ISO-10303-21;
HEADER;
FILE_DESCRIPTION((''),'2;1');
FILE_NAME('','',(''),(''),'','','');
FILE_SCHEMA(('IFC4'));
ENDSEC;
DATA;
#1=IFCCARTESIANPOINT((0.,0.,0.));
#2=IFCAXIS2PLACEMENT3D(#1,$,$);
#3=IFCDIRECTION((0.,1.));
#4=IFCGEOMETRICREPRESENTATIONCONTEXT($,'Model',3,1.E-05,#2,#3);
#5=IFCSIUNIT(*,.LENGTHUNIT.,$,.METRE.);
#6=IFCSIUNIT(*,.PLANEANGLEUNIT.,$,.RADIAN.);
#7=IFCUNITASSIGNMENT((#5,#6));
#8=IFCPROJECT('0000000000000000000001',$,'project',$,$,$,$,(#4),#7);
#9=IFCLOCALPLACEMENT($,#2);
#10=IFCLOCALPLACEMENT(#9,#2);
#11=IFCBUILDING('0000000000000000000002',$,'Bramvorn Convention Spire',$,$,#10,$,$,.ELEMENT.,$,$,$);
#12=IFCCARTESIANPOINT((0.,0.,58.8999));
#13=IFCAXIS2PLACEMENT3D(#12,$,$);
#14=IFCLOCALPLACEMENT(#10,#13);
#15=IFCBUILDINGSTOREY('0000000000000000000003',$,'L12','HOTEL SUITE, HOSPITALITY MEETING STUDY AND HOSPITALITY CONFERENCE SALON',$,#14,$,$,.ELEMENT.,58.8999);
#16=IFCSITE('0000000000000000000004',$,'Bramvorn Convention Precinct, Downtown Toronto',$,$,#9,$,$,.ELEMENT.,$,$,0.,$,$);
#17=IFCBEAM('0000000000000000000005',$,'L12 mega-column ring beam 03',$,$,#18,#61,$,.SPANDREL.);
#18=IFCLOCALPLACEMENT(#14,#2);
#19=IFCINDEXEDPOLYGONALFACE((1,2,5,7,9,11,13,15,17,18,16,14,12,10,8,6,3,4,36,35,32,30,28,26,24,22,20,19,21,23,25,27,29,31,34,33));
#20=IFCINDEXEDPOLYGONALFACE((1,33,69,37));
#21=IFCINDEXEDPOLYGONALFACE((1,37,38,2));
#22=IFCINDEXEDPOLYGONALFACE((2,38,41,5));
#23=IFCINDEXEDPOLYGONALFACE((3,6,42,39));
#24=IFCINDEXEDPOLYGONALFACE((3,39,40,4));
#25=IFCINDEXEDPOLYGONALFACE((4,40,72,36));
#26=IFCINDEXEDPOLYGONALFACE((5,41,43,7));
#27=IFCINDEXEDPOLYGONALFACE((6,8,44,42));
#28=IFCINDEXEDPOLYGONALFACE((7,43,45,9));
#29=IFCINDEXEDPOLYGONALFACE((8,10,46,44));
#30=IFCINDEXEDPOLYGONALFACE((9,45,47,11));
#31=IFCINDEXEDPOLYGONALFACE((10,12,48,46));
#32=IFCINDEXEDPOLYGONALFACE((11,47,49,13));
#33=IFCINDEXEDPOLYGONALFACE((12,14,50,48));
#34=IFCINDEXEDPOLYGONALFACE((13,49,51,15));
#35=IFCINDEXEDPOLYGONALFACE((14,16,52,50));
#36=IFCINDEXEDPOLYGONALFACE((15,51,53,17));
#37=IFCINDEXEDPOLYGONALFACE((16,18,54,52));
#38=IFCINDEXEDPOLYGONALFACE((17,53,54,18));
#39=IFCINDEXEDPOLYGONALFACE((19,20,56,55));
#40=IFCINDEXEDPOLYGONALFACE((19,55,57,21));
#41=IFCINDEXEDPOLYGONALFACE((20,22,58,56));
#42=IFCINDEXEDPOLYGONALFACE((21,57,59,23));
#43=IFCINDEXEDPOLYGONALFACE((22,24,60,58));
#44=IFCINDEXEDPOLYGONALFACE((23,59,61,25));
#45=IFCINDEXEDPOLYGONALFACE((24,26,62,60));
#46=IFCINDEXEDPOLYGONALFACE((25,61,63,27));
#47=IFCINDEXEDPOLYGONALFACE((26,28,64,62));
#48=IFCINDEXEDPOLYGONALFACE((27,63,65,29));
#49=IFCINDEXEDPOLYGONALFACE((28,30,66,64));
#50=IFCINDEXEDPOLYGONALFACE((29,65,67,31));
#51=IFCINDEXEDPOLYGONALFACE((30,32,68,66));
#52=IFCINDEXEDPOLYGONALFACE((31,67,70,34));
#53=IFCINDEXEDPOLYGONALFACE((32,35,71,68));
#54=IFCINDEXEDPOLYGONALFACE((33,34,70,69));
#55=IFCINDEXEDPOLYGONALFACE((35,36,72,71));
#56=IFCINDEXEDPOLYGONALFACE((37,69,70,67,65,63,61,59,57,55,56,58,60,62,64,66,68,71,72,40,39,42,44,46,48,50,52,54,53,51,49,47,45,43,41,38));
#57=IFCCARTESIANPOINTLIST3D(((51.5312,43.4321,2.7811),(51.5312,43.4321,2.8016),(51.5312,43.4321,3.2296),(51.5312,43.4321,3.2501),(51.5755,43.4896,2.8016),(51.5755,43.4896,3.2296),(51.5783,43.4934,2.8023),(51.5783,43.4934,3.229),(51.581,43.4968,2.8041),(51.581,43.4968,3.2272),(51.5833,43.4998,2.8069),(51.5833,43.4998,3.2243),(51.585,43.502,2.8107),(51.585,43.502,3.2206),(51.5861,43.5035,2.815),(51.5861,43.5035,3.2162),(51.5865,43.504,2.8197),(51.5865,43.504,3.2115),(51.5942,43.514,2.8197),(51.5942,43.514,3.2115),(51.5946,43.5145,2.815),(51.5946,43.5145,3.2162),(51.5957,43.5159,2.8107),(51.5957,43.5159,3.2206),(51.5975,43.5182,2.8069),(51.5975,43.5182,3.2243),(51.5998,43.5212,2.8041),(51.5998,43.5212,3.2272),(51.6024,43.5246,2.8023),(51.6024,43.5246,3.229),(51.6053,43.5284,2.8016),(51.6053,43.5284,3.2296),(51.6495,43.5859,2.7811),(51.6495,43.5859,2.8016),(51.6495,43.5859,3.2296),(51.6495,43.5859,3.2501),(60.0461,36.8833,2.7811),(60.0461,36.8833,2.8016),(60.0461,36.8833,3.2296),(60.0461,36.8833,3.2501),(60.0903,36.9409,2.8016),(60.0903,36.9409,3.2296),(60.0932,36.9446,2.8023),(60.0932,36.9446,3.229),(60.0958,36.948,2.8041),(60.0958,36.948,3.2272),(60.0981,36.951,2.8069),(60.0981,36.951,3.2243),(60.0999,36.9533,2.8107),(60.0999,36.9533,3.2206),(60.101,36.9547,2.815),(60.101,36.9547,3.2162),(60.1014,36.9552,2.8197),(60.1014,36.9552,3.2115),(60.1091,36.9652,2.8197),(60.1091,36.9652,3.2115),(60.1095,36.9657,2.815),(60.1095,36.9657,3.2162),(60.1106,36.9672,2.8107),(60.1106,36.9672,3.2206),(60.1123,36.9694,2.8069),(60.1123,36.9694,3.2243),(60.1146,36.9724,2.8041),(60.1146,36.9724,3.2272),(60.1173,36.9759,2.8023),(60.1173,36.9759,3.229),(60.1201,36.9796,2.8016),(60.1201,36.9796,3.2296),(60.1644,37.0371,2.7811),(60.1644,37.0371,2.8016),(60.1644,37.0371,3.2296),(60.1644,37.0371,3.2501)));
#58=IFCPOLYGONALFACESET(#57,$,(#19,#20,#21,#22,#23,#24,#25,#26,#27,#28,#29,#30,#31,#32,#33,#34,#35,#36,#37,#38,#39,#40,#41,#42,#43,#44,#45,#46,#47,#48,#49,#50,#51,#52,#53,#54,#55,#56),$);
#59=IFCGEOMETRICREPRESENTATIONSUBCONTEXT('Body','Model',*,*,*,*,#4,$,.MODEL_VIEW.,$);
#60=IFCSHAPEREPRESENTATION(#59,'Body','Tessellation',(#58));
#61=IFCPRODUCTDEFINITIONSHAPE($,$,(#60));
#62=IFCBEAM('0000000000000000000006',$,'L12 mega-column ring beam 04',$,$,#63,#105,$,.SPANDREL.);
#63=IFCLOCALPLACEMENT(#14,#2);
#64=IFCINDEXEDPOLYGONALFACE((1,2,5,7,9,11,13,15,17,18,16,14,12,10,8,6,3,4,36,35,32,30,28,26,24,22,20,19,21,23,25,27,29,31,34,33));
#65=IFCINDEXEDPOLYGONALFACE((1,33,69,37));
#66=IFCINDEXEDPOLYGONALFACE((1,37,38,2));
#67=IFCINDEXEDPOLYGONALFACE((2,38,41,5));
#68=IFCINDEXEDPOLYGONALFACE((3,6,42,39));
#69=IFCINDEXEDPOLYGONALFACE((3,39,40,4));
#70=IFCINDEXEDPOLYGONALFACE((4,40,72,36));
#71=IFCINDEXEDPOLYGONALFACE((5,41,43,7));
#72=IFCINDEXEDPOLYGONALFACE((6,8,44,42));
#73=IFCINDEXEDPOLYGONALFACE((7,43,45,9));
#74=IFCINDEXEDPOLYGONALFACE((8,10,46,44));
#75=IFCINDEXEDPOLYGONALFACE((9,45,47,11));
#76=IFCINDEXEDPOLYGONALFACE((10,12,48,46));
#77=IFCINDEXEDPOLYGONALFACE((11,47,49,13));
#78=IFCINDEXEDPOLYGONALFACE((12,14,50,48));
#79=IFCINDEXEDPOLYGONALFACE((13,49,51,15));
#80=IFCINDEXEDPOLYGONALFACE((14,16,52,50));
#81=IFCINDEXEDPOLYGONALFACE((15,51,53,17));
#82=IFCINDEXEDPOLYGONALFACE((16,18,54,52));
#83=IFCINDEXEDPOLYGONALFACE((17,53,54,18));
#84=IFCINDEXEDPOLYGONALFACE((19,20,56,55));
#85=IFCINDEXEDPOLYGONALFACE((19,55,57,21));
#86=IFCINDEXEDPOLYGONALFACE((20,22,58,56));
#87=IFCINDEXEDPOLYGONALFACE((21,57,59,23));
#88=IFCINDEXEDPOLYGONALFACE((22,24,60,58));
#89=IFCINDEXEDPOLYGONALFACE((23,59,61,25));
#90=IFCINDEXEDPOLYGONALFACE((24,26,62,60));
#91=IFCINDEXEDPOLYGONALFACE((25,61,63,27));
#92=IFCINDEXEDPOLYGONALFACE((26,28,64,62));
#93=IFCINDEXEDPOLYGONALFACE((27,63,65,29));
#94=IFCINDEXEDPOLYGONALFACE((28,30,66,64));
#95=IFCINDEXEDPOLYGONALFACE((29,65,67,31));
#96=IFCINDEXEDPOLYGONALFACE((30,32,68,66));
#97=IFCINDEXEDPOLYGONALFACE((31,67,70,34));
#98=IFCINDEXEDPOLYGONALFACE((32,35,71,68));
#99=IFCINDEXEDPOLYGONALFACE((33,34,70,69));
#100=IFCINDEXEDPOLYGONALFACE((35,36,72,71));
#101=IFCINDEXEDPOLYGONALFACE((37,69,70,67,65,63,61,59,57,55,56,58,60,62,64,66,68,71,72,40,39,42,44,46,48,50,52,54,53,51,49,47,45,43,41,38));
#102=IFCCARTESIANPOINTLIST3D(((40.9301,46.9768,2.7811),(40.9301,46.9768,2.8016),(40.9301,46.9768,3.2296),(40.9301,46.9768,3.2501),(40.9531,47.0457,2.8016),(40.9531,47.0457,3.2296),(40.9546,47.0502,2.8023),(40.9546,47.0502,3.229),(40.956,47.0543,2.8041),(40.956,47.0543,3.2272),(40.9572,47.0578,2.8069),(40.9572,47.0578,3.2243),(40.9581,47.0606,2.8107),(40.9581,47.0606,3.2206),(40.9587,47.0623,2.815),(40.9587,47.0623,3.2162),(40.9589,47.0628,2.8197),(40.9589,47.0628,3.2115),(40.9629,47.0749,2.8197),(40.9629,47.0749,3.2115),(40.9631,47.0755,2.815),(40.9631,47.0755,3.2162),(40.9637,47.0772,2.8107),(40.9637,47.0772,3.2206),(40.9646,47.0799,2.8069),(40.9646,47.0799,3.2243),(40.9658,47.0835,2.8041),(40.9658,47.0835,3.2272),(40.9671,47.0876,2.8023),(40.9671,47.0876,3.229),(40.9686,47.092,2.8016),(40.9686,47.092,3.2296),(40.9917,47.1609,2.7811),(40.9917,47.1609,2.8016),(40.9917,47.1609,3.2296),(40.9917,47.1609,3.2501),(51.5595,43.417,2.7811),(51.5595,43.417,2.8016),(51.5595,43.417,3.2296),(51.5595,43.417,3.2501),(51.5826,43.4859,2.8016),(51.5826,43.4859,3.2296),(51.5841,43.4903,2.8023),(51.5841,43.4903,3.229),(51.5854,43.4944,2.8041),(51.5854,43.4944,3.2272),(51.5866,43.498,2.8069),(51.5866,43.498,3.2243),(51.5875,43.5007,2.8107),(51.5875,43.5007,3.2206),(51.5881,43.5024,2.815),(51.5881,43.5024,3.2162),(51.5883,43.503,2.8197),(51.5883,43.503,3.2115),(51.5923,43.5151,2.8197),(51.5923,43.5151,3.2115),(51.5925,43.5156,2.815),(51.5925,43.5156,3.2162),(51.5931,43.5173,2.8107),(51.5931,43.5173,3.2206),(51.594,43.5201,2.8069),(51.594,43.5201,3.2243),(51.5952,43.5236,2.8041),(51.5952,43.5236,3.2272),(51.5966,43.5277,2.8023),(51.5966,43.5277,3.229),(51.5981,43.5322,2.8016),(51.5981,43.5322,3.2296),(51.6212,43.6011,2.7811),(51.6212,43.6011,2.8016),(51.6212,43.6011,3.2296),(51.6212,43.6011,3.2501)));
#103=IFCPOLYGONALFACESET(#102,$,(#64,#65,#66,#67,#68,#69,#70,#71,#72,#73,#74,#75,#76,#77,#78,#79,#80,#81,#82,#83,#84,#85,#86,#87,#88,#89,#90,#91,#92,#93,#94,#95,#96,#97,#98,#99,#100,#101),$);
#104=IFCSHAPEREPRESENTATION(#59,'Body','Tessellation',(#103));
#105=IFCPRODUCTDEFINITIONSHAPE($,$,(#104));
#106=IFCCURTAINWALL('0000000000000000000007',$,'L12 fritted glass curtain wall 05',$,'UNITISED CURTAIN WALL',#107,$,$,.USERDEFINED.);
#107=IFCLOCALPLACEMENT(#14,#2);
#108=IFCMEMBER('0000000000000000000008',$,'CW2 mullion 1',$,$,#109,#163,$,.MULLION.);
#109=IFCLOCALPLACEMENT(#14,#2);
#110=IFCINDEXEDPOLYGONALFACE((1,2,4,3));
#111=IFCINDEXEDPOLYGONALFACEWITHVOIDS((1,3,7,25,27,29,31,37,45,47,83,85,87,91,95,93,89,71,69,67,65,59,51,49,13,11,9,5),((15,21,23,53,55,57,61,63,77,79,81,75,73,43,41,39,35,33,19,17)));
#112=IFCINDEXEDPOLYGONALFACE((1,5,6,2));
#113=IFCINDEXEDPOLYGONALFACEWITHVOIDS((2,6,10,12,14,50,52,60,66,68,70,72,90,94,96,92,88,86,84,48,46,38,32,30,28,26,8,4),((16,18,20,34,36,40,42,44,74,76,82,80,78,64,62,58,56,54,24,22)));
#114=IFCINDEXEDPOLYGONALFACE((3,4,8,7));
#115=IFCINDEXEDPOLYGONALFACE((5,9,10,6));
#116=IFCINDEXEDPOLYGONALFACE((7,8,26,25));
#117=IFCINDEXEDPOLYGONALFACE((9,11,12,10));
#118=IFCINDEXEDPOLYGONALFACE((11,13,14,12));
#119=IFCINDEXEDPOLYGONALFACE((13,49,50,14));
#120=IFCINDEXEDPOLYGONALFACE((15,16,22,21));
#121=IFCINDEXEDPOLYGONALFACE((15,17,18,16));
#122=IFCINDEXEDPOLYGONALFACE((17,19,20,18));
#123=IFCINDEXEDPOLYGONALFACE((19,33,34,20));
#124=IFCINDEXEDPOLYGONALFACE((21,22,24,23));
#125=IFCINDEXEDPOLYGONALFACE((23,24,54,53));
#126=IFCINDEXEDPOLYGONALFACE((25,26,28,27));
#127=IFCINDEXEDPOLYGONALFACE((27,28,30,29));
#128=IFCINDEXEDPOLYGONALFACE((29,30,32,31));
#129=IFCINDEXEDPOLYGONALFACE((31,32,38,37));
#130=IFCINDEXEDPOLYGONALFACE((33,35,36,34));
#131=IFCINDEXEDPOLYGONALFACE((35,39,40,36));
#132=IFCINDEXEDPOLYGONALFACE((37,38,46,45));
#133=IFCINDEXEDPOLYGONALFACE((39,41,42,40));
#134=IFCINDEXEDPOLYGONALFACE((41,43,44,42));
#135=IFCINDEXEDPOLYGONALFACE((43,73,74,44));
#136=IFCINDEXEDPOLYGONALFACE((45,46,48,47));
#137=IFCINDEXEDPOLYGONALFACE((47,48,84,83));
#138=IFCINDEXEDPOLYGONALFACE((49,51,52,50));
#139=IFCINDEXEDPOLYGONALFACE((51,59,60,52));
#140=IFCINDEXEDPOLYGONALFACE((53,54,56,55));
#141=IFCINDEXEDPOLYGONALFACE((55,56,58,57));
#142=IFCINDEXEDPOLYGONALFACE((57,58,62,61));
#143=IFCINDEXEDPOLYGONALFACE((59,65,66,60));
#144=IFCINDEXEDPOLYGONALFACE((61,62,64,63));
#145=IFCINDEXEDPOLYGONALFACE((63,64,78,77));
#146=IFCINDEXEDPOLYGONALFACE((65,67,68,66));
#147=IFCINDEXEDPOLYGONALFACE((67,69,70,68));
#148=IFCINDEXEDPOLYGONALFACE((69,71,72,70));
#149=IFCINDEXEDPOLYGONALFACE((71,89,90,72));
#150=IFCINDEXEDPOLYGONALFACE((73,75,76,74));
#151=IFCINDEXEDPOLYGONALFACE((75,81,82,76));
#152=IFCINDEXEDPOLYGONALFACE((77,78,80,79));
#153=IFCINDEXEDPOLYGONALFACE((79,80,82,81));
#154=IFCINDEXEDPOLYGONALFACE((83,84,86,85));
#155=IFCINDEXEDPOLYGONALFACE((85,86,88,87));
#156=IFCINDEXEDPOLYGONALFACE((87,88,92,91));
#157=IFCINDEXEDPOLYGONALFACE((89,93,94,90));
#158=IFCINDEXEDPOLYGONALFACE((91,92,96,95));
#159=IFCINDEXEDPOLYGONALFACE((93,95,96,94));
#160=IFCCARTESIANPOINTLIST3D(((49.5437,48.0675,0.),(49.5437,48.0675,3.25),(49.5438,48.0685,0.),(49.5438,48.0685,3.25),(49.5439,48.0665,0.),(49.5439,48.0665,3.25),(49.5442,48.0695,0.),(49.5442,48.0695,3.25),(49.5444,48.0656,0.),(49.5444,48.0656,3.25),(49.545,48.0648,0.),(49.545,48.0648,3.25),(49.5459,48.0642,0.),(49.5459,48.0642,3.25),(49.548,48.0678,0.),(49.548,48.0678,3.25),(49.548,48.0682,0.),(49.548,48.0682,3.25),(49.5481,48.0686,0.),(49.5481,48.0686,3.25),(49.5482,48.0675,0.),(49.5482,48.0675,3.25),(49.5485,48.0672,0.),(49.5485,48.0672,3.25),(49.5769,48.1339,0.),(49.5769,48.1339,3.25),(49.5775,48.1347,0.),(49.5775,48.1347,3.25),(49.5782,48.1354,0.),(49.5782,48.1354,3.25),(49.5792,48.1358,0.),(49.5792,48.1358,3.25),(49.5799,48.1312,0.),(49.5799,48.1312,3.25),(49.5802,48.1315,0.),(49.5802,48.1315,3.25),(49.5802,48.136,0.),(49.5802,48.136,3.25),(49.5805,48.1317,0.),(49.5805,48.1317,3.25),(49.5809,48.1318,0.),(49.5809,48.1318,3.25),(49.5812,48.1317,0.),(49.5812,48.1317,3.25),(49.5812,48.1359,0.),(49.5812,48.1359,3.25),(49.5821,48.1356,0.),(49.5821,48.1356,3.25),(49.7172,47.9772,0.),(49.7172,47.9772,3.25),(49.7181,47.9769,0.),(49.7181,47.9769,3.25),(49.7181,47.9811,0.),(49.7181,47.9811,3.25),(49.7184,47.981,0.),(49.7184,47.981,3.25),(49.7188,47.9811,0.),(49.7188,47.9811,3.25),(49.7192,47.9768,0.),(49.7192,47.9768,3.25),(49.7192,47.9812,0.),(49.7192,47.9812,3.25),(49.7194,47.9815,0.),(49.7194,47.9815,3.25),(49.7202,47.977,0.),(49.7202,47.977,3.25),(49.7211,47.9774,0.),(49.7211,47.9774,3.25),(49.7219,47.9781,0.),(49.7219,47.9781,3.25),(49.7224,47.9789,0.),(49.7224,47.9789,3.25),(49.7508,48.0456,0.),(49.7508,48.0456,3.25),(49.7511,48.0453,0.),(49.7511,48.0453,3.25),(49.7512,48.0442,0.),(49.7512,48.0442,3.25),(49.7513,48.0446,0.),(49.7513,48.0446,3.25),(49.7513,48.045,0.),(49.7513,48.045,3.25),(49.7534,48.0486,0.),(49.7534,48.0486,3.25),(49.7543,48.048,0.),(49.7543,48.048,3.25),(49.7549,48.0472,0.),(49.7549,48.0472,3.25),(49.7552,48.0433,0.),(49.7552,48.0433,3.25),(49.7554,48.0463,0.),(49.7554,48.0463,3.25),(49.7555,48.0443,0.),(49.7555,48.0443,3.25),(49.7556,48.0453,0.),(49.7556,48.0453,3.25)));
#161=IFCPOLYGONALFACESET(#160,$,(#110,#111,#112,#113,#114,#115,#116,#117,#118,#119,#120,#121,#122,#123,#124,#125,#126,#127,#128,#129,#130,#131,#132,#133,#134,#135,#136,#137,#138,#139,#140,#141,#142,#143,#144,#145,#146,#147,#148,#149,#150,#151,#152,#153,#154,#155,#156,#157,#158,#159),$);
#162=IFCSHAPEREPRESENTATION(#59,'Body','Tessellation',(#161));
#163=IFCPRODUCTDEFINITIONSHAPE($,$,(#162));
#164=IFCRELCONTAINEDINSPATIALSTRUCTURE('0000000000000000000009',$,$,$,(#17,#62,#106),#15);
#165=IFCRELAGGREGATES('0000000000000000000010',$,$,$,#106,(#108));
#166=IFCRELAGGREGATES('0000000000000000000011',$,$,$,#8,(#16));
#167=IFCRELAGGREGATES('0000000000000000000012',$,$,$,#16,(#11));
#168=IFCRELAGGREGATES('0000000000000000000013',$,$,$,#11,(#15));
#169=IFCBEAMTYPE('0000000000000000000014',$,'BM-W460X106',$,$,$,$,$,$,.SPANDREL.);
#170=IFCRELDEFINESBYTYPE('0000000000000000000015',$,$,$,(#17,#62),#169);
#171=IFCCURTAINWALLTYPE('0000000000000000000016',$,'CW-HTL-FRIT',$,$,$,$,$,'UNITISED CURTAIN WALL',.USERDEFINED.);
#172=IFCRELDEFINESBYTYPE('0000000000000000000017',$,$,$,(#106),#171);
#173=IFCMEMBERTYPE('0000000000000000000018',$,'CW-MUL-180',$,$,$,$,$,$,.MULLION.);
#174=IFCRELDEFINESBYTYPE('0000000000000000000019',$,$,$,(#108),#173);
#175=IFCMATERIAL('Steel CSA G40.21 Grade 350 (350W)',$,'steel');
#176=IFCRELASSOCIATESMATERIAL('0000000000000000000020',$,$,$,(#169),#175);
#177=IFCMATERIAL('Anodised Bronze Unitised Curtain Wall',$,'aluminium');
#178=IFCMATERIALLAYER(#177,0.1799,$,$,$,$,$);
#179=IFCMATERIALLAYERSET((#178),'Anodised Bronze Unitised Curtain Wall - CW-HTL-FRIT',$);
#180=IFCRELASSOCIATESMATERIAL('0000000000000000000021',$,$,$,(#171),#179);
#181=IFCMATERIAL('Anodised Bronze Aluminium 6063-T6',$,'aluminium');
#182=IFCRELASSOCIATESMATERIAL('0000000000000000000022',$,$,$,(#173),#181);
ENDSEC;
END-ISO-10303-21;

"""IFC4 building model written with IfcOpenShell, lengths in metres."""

from ifc_helpers import new_model, si_unit, direction, frame, origin, origin_2d, place, context, subcontext, project, spatial, hollow_rectangle, i_section, extrude, material, layer, layer_set, material_profile, profile_set, type_object, element, aggregate, save


model = new_model("IFC4")

# Units and contexts
model_context = context("Model", 3, precision=1e-05, world=origin(), true_north=direction((0.0, 1.0)))
body_context = subcontext(model_context, "Body", "Model", "MODEL_VIEW")
ifc_project = project(units=[si_unit("LENGTHUNIT", "METRE"), si_unit("PLANEANGLEUNIT", "RADIAN")], contexts=[model_context])

# Site, building, storey
site_placement = place(None, origin())
site = spatial("IfcSite", under=ifc_project, at=site_placement, Name="Bramvorn Convention Precinct, Downtown Toronto", CompositionType="ELEMENT", RefElevation=0.0)
building_placement = place(site_placement, origin())
building = spatial("IfcBuilding", under=site, at=building_placement, Name="Bramvorn Convention Spire", CompositionType="ELEMENT")
storey_placement = place(building_placement, frame((0.0, 0.0, 58.8999)))
storey = spatial("IfcBuildingStorey", under=building, at=storey_placement, Name="L12", Description="HOTEL SUITE, HOSPITALITY MEETING STUDY AND HOSPITALITY CONFERENCE SALON", CompositionType="ELEMENT", Elevation=58.8999)

# Shared definitions
ifc_material_1 = material(Name="Steel CSA G40.21 Grade 350 (350W)", Category="steel")

# Beams
ifc_material_profile_1 = material_profile(ifc_material_1, i_section(OverallWidth=0.1941, OverallDepth=0.469, WebThickness=0.0127, FlangeThickness=0.0205, FilletRadius=0.0181, at=origin_2d()))
ifc_profile_set_1 = profile_set([ifc_material_profile_1], Name="Steel CSA G40.21 Grade 350 (350W) - W460X106")
beam_type_1 = type_object("IfcBeamType", Name="BM-W460X106", PredefinedType="SPANDREL", material=ifc_profile_set_1)
beam_1_placement = place(storey_placement, frame((60.1052, 36.9602, 3.0156), z_axis=(-0.792673, 0.609647, 0.0), x_axis=(-0.609647, -0.792673, 0.0)))
element("IfcBeam", 1, at=beam_1_placement, inside=storey, type_object=beam_type_1, Name="L12 mega-column ring beam 03", PredefinedType="SPANDREL", context=body_context, shape_type="SweptSolid", body=[
    extrude(i_section(OverallWidth=0.1941, OverallDepth=0.469, WebThickness=0.0127, FlangeThickness=0.0205, FilletRadius=0.0181, at=origin_2d()), origin(), (0.0, 0.0, 1.0), 10.7419),
])
beam_2_placement = place(storey_placement, frame((51.5903, 43.509, 3.0156), z_axis=(-0.948236, 0.317567, 0.0), x_axis=(-0.317567, -0.948236, 0.0)))
element("IfcBeam", 2, at=beam_2_placement, inside=storey, type_object=beam_type_1, Name="L12 mega-column ring beam 04", PredefinedType="SPANDREL", context=body_context, shape_type="SweptSolid", body=[
    extrude(i_section(OverallWidth=0.1941, OverallDepth=0.469, WebThickness=0.0127, FlangeThickness=0.0205, FilletRadius=0.0181, at=origin_2d()), origin(), (0.0, 0.0, 1.0), 11.2097),
])

# Curtain wall, member
ifc_material_2 = material(Name="Anodised Bronze Unitised Curtain Wall", Category="aluminium")
ifc_layer_1 = layer(ifc_material_2, 0.1799)
ifc_layer_set_1 = layer_set([ifc_layer_1], Name="Anodised Bronze Unitised Curtain Wall - CW-HTL-FRIT")
curtain_wall_type = type_object("IfcCurtainWallType", Name="CW-HTL-FRIT", ElementType="UNITISED CURTAIN WALL", PredefinedType="USERDEFINED", material=ifc_layer_set_1)
curtain_wall_placement = place(storey_placement, origin())
curtain_wall = element("IfcCurtainWall", 3, at=curtain_wall_placement, inside=storey, type_object=curtain_wall_type, Name="L12 fritted glass curtain wall 05", ObjectType="UNITISED CURTAIN WALL", PredefinedType="USERDEFINED")
ifc_material_3 = material(Name="Anodised Bronze Aluminium 6063-T6", Category="aluminium")
ifc_material_profile_2 = material_profile(ifc_material_3, hollow_rectangle(XDim=0.0801, YDim=0.2, WallThickness=0.0039, InnerFilletRadius=0.001, OuterFilletRadius=0.0039, at=origin_2d()))
ifc_profile_set_2 = profile_set([ifc_material_profile_2], Name="Anodised Bronze Aluminium 6063-T6 - CWM80X200")
member_type_1 = type_object("IfcMemberType", Name="CW-MUL-180", PredefinedType="MULLION", material=ifc_profile_set_2)
member_1_placement = place(storey_placement, frame((49.6497, 48.0564, 0.0), z_axis=(0.0, 0.0, 1.0), x_axis=(0.452839, 0.891592, 0.0)))
member_1 = element("IfcMember", 4, at=member_1_placement, type_object=member_type_1, Name="CW2 mullion 1", PredefinedType="MULLION", context=body_context, shape_type="SweptSolid", body=[
    extrude(hollow_rectangle(XDim=0.0801, YDim=0.2, WallThickness=0.0039, InnerFilletRadius=0.001, OuterFilletRadius=0.0039, at=origin_2d()), origin(), (0.0, 0.0, 1.0), 3.25),
])
aggregate(curtain_wall, [member_1])

save(model, "model.ifc")
